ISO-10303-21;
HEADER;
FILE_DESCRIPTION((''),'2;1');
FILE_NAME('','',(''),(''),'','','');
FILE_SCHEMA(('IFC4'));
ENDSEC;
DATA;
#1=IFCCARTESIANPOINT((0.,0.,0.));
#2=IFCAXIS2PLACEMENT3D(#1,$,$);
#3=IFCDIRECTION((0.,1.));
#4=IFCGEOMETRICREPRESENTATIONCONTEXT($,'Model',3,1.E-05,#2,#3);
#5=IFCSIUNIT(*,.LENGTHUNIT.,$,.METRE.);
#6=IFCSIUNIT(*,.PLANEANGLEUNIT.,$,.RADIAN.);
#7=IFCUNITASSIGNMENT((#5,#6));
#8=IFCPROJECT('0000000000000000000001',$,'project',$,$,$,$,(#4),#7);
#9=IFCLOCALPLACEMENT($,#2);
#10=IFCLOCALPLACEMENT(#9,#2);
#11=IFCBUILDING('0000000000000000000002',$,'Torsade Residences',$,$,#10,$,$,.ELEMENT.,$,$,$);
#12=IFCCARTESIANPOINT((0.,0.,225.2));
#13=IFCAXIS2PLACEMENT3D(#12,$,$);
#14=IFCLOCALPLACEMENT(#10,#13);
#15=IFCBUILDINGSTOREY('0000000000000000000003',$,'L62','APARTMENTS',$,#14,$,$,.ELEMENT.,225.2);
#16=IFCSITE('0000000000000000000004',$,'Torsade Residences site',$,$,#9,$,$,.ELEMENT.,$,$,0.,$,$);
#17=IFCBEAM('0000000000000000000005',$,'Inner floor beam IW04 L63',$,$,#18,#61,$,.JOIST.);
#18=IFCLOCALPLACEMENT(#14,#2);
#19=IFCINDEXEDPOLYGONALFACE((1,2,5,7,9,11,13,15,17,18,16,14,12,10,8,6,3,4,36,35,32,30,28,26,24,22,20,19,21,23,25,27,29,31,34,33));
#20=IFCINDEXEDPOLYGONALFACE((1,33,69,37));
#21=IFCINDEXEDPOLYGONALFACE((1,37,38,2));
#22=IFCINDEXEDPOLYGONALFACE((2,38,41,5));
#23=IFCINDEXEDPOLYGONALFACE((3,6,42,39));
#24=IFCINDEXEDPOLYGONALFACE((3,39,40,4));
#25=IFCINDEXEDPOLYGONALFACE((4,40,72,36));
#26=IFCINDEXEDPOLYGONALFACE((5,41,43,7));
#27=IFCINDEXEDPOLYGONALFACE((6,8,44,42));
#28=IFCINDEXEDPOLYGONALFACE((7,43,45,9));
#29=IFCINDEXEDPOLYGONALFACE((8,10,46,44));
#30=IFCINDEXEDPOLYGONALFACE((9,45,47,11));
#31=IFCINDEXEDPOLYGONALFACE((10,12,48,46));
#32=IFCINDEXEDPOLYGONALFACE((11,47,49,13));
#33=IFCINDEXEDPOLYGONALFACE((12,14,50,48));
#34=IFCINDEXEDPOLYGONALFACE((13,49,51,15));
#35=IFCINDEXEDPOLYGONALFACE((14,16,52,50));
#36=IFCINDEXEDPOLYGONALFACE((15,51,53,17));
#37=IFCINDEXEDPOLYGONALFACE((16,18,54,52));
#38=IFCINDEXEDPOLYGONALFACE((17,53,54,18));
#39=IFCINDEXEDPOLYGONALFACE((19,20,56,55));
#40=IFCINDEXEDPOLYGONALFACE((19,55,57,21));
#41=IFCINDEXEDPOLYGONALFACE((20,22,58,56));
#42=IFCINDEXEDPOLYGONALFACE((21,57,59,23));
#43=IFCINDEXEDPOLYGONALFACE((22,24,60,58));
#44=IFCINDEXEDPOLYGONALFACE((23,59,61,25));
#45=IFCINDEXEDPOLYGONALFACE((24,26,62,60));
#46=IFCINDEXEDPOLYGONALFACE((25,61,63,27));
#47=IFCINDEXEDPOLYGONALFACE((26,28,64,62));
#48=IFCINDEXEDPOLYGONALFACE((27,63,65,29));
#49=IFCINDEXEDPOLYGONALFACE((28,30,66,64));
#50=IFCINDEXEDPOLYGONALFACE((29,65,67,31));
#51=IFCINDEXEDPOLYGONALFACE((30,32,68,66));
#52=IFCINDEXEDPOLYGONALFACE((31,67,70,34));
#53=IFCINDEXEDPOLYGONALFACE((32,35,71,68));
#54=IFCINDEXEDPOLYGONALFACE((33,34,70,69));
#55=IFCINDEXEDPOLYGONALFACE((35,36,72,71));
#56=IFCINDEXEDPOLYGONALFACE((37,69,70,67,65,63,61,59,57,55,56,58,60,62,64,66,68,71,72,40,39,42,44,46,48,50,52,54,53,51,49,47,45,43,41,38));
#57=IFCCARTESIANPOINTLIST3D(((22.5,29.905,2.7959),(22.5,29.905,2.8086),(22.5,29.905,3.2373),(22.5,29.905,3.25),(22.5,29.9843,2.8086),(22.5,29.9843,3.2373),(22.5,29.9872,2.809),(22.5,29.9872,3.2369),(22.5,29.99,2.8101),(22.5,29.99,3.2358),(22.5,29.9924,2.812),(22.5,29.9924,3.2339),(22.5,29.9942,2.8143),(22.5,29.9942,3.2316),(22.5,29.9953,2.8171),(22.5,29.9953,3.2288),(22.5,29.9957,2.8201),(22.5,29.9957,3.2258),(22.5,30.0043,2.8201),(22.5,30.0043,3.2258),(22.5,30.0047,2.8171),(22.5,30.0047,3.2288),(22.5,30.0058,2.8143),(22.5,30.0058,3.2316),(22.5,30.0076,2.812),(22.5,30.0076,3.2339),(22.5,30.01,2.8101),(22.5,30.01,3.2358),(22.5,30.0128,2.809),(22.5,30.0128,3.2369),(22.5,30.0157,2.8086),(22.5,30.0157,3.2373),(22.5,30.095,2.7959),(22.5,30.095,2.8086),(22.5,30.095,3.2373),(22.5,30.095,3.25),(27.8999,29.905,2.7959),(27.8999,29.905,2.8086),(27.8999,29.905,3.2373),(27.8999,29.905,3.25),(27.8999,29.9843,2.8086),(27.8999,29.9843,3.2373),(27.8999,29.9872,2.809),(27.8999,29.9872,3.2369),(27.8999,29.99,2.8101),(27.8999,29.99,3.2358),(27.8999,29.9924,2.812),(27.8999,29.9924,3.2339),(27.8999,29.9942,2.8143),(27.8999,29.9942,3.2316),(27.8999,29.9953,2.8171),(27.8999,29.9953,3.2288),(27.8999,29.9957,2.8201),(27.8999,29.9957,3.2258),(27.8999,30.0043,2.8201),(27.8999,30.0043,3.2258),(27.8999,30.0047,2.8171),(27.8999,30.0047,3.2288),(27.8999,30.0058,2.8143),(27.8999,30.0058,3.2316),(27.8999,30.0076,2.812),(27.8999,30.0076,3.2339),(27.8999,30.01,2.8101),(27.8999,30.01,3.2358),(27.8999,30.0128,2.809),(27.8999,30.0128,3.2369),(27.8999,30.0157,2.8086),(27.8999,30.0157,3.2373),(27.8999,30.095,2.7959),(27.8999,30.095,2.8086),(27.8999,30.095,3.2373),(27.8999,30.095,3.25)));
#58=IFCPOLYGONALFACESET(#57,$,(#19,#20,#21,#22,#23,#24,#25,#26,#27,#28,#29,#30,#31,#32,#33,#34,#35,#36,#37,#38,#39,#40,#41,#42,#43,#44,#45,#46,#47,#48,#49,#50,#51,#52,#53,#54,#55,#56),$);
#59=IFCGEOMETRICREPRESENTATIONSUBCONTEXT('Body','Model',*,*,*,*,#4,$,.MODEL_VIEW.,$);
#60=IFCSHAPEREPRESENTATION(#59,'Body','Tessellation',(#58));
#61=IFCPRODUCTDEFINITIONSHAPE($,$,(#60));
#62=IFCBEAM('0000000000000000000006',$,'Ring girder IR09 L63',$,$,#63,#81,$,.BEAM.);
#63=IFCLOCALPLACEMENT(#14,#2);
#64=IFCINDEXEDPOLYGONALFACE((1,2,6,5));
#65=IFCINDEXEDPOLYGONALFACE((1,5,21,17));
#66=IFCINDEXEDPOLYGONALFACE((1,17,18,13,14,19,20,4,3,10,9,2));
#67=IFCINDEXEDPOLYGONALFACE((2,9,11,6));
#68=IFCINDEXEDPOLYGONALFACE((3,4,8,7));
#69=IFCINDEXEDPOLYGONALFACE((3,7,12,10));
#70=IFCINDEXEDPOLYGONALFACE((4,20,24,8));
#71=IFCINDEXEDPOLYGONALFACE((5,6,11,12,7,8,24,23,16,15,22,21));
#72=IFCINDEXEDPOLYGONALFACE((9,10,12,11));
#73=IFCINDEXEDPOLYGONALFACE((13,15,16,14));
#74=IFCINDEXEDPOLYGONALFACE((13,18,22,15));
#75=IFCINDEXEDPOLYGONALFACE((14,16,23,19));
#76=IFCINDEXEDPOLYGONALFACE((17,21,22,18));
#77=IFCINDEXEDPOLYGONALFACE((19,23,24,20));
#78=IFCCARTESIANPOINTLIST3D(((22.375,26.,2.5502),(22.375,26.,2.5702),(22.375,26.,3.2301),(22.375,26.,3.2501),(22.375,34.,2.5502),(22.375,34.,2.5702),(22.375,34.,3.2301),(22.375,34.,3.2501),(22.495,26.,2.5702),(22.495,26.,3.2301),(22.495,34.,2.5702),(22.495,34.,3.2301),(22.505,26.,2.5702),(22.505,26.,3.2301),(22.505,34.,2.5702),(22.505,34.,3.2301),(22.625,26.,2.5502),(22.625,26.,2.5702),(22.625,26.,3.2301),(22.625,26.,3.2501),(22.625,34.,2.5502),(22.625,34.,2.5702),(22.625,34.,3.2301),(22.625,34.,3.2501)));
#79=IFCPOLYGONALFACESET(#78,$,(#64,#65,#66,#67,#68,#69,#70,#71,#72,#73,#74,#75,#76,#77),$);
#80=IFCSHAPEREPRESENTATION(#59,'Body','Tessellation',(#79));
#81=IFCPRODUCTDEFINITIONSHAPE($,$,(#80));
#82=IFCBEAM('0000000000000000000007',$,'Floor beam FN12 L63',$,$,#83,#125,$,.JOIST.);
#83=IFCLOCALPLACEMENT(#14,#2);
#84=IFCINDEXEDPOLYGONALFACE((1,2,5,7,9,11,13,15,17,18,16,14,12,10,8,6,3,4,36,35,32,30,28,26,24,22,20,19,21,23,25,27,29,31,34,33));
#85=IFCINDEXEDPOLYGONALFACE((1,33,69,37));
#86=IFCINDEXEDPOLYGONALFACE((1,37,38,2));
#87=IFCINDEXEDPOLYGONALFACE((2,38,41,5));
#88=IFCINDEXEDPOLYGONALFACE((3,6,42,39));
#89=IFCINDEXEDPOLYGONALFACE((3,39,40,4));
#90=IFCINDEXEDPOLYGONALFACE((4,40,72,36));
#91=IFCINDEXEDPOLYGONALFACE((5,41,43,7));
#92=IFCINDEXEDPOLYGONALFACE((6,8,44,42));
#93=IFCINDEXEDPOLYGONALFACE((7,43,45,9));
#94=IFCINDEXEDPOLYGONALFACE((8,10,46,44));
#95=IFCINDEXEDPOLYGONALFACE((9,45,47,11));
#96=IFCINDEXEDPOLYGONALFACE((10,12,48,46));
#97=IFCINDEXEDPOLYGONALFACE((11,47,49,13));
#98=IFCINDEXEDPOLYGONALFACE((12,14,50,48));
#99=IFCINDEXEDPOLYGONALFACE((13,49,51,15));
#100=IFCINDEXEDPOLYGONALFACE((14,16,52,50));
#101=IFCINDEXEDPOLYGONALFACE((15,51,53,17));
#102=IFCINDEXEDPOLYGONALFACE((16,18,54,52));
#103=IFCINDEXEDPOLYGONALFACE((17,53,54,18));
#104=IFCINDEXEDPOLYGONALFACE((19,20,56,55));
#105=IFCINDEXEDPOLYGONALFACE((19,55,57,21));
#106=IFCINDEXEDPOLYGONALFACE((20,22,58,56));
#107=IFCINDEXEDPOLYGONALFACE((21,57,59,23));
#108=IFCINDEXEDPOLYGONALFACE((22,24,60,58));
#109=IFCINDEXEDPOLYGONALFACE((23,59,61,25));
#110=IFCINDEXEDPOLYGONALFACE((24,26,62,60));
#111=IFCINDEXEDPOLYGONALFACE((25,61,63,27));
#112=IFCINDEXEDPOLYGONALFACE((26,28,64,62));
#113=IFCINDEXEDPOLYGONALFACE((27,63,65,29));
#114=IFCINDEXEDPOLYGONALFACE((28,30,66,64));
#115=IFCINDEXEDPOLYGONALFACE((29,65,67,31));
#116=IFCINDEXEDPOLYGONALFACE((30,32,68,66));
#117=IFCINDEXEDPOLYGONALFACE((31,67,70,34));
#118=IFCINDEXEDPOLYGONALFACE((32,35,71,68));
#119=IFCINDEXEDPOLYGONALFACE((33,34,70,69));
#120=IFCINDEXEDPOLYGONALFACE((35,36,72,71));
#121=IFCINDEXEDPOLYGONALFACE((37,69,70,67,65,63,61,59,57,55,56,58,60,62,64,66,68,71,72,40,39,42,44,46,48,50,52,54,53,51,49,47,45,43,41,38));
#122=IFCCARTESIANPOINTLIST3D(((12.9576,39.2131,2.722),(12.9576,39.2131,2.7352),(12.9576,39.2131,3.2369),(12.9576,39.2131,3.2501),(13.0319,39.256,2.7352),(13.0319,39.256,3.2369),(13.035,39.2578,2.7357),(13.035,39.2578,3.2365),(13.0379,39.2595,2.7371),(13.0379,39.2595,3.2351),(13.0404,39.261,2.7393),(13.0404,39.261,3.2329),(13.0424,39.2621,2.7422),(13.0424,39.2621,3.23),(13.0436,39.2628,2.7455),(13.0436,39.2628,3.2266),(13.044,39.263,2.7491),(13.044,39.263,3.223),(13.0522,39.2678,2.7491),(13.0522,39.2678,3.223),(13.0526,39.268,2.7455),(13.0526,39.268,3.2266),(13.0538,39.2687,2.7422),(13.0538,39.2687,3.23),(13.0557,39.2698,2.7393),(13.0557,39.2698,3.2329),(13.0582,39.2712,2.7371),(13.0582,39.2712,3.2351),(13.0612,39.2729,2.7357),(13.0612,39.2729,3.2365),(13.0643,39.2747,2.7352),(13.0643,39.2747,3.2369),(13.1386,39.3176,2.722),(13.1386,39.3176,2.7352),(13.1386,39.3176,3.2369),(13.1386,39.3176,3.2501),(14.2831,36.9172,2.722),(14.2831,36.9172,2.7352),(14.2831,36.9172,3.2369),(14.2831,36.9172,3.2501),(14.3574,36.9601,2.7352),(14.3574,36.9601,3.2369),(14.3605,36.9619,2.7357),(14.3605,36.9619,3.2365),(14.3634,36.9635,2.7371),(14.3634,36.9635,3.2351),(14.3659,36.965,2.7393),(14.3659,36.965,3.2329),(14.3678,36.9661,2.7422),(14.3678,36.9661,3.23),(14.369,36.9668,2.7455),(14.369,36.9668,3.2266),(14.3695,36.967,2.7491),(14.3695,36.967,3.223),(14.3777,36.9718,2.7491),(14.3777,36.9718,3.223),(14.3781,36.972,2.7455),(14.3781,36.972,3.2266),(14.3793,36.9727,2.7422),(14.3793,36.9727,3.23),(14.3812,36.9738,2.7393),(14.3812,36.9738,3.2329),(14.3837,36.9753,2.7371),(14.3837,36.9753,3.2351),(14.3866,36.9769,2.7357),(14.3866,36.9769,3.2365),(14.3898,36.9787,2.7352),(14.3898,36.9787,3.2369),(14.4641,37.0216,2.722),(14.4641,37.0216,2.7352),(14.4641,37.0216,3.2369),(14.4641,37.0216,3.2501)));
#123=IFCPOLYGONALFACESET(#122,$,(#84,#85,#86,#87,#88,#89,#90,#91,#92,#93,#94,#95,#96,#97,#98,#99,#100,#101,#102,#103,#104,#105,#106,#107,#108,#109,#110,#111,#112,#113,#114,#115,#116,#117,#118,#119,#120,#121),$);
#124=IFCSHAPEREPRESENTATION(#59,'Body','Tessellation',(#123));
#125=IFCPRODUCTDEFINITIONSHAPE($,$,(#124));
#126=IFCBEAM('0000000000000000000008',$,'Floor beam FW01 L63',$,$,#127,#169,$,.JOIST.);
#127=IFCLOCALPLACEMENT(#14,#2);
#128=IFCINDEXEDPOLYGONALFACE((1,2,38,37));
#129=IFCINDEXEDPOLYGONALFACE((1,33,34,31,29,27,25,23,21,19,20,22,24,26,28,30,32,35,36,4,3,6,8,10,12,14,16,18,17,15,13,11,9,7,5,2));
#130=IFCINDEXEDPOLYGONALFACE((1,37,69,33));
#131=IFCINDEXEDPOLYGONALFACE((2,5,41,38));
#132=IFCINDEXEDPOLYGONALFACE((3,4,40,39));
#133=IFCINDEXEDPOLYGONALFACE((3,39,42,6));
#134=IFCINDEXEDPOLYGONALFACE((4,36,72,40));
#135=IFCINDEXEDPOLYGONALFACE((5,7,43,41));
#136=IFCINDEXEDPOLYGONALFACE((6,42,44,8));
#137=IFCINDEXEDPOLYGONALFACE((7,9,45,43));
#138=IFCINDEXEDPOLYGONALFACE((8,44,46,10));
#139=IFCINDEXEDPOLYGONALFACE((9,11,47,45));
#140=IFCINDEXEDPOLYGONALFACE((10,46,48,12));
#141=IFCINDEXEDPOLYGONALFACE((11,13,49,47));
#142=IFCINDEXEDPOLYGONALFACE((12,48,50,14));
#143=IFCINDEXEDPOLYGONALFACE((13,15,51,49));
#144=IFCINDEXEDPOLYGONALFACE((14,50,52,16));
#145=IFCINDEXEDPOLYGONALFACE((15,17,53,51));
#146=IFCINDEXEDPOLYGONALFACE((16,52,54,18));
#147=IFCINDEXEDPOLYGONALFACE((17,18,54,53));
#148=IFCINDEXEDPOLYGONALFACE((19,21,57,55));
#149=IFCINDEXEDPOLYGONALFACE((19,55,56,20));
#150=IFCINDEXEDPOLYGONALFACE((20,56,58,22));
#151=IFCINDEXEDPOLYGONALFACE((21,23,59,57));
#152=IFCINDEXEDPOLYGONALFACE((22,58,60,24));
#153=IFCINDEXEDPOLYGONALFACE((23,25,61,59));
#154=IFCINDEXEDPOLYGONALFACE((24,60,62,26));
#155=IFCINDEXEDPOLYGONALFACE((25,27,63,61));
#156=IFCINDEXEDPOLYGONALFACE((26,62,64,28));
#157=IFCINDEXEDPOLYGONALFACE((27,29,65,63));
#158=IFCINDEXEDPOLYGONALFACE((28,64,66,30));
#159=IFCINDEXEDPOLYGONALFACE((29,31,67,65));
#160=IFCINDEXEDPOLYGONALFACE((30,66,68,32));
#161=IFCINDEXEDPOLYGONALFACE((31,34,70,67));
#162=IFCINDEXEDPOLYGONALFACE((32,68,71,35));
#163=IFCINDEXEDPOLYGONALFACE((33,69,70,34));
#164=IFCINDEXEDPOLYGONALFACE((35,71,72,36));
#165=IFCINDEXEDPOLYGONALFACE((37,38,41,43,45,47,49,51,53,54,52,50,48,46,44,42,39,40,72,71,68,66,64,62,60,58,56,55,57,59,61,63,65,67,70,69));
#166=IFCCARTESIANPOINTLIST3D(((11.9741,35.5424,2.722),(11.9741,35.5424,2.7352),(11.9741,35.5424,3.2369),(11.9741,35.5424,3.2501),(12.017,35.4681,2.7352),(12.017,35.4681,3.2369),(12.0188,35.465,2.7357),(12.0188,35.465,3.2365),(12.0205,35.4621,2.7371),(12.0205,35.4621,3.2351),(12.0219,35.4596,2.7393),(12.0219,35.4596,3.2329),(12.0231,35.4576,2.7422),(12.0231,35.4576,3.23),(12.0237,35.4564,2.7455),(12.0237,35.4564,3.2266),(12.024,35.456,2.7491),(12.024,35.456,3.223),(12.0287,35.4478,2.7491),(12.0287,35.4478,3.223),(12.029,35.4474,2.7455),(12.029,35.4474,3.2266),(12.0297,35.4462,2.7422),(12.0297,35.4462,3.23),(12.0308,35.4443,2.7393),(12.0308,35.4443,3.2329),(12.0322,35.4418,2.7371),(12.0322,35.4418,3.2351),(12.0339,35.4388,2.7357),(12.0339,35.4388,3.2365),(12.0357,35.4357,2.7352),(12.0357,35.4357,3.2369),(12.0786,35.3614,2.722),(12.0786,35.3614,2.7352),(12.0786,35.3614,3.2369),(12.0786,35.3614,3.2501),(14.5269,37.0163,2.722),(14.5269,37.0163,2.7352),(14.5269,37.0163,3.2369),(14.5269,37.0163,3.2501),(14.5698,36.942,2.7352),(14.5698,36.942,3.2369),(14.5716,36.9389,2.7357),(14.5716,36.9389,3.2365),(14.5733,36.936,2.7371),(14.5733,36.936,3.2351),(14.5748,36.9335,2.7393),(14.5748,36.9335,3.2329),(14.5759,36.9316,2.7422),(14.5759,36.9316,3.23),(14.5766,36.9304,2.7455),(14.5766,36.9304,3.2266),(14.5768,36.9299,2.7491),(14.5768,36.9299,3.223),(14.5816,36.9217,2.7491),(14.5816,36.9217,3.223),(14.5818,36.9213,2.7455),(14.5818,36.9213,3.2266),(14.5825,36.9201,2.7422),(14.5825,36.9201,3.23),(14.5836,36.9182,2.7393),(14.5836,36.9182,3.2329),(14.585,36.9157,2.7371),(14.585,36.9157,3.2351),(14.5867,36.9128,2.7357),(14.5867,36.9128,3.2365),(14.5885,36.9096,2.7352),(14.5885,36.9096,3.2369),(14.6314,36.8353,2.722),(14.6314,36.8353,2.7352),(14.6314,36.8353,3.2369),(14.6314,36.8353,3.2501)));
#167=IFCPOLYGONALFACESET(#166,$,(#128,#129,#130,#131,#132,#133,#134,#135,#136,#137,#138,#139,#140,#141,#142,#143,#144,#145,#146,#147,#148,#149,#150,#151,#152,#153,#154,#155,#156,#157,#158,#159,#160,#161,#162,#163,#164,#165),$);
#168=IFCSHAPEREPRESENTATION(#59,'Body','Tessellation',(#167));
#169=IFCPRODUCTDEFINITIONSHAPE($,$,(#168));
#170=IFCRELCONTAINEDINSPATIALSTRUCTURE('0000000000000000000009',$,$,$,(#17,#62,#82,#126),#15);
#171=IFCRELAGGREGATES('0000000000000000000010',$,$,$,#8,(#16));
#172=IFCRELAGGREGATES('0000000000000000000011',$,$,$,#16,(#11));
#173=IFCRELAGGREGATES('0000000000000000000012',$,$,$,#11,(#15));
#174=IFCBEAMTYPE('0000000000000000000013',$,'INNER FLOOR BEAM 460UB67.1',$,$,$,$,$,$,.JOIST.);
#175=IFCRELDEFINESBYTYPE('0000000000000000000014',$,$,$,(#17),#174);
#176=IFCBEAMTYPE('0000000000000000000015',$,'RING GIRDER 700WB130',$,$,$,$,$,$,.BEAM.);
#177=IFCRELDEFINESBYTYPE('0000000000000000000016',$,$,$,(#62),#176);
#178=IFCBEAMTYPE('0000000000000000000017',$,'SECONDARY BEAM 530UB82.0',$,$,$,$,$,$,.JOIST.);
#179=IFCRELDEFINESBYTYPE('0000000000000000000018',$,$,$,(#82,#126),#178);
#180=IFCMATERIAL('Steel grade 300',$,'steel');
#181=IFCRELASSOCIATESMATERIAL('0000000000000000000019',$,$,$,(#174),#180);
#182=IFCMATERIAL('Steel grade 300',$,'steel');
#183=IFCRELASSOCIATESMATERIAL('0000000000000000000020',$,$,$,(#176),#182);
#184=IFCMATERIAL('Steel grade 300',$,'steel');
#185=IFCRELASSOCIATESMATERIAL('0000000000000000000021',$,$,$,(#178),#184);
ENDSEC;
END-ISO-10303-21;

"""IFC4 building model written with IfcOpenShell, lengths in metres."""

from ifc_helpers import new_model, si_unit, direction, frame, origin, origin_2d, place, context, subcontext, project, spatial, i_section, extrude, material, material_profile, profile_set, type_object, element, save


model = new_model("IFC4")

# Units and contexts
model_context = context("Model", 3, precision=1e-05, world=origin(), true_north=direction((0.0, 1.0)))
body_context = subcontext(model_context, "Body", "Model", "MODEL_VIEW")
ifc_project = project(units=[si_unit("LENGTHUNIT", "METRE"), si_unit("PLANEANGLEUNIT", "RADIAN")], contexts=[model_context])

# Site, building, storey
site_placement = place(None, origin())
site = spatial("IfcSite", under=ifc_project, at=site_placement, Name="Torsade Residences site", CompositionType="ELEMENT", RefElevation=0.0)
building_placement = place(site_placement, origin())
building = spatial("IfcBuilding", under=site, at=building_placement, Name="Torsade Residences", CompositionType="ELEMENT")
storey_placement = place(building_placement, frame((0.0, 0.0, 225.2)))
storey = spatial("IfcBuildingStorey", under=building, at=storey_placement, Name="L62", Description="APARTMENTS", CompositionType="ELEMENT", Elevation=225.2)

# Beams
ifc_material_1 = material(Name="Steel grade 300", Category="steel")
ifc_material_profile_1 = material_profile(ifc_material_1, i_section(OverallWidth=0.1899, OverallDepth=0.4541, WebThickness=0.0085, FlangeThickness=0.0127, FilletRadius=0.0115, at=origin_2d()), Name="460UB67.1")
ifc_profile_set_1 = profile_set([ifc_material_profile_1], Name="Steel grade 300")
beam_type_1 = type_object("IfcBeamType", Name="INNER FLOOR BEAM 460UB67.1", PredefinedType="JOIST", material=ifc_profile_set_1)
for number, where, z_axis, x_axis, name in (
    (1, (27.8999, 30.0, 3.0229), (-1.0, 0.0, 0.0), (0.0, -1.0, 0.0), "Inner floor beam IW04 L63"),
):
    element("IfcBeam", number, at=place(storey_placement, frame(where, z_axis=z_axis, x_axis=x_axis)), inside=storey, type_object=beam_type_1, Name=name, PredefinedType="JOIST", context=body_context, shape_type="SweptSolid", body=[
        extrude(i_section(OverallWidth=0.1899, OverallDepth=0.4541, WebThickness=0.0085, FlangeThickness=0.0127, FilletRadius=0.0115, at=origin_2d()), origin(), (0.0, 0.0, 1.0), 5.3999),
    ])
ifc_material_2 = material(Name="Steel grade 300", Category="steel")
ifc_material_profile_2 = material_profile(ifc_material_2, i_section(OverallWidth=0.25, OverallDepth=0.7, WebThickness=0.01, FlangeThickness=0.02, at=origin_2d()), Name="700WB130")
ifc_profile_set_2 = profile_set([ifc_material_profile_2], Name="Steel grade 300")
beam_type_2 = type_object("IfcBeamType", Name="RING GIRDER 700WB130", PredefinedType="BEAM", material=ifc_profile_set_2)
beam_1_placement = place(storey_placement, frame((22.5, 34.0, 2.9001), z_axis=(0.0, -1.0, 0.0), x_axis=(1.0, 0.0, 0.0)))
element("IfcBeam", 2, at=beam_1_placement, inside=storey, type_object=beam_type_2, Name="Ring girder IR09 L63", PredefinedType="BEAM", context=body_context, shape_type="SweptSolid", body=[
    extrude(i_section(OverallWidth=0.25, OverallDepth=0.7, WebThickness=0.01, FlangeThickness=0.02, at=origin_2d()), origin(), (0.0, 0.0, 1.0), 8.0),
])
ifc_material_3 = material(Name="Steel grade 300", Category="steel")
ifc_material_profile_3 = material_profile(ifc_material_3, i_section(OverallWidth=0.209, OverallDepth=0.5281, WebThickness=0.0095, FlangeThickness=0.0132, FilletRadius=0.0139, at=origin_2d()), Name="530UB82.0")
ifc_profile_set_3 = profile_set([ifc_material_profile_3], Name="Steel grade 300")
beam_type_3 = type_object("IfcBeamType", Name="SECONDARY BEAM 530UB82.0", PredefinedType="JOIST", material=ifc_profile_set_3)
beam_2_placement = place(storey_placement, frame((13.0481, 39.2654, 2.9861), z_axis=(0.499972, -0.866041, 0.0), x_axis=(0.866041, 0.499972, 0.0)))
element("IfcBeam", 3, at=beam_2_placement, inside=storey, type_object=beam_type_3, Name="Floor beam FN12 L63", PredefinedType="JOIST", context=body_context, shape_type="SweptSolid", body=[
    extrude(i_section(OverallWidth=0.209, OverallDepth=0.5281, WebThickness=0.0095, FlangeThickness=0.0132, FilletRadius=0.0139, at=origin_2d()), origin(), (0.0, 0.0, 1.0), 2.6511),
])
beam_3_placement = place(storey_placement, frame((12.0264, 35.4519, 2.9861), z_axis=(0.866017, 0.500014, 0.0), x_axis=(-0.500014, 0.866017, 0.0)))
element("IfcBeam", 4, at=beam_3_placement, inside=storey, type_object=beam_type_3, Name="Floor beam FW01 L63", PredefinedType="JOIST", context=body_context, shape_type="SweptSolid", body=[
    extrude(i_section(OverallWidth=0.209, OverallDepth=0.5281, WebThickness=0.0095, FlangeThickness=0.0132, FilletRadius=0.0139, at=origin_2d()), origin(), (0.0, 0.0, 1.0), 2.9478),
])

save(model, "model.ifc")
